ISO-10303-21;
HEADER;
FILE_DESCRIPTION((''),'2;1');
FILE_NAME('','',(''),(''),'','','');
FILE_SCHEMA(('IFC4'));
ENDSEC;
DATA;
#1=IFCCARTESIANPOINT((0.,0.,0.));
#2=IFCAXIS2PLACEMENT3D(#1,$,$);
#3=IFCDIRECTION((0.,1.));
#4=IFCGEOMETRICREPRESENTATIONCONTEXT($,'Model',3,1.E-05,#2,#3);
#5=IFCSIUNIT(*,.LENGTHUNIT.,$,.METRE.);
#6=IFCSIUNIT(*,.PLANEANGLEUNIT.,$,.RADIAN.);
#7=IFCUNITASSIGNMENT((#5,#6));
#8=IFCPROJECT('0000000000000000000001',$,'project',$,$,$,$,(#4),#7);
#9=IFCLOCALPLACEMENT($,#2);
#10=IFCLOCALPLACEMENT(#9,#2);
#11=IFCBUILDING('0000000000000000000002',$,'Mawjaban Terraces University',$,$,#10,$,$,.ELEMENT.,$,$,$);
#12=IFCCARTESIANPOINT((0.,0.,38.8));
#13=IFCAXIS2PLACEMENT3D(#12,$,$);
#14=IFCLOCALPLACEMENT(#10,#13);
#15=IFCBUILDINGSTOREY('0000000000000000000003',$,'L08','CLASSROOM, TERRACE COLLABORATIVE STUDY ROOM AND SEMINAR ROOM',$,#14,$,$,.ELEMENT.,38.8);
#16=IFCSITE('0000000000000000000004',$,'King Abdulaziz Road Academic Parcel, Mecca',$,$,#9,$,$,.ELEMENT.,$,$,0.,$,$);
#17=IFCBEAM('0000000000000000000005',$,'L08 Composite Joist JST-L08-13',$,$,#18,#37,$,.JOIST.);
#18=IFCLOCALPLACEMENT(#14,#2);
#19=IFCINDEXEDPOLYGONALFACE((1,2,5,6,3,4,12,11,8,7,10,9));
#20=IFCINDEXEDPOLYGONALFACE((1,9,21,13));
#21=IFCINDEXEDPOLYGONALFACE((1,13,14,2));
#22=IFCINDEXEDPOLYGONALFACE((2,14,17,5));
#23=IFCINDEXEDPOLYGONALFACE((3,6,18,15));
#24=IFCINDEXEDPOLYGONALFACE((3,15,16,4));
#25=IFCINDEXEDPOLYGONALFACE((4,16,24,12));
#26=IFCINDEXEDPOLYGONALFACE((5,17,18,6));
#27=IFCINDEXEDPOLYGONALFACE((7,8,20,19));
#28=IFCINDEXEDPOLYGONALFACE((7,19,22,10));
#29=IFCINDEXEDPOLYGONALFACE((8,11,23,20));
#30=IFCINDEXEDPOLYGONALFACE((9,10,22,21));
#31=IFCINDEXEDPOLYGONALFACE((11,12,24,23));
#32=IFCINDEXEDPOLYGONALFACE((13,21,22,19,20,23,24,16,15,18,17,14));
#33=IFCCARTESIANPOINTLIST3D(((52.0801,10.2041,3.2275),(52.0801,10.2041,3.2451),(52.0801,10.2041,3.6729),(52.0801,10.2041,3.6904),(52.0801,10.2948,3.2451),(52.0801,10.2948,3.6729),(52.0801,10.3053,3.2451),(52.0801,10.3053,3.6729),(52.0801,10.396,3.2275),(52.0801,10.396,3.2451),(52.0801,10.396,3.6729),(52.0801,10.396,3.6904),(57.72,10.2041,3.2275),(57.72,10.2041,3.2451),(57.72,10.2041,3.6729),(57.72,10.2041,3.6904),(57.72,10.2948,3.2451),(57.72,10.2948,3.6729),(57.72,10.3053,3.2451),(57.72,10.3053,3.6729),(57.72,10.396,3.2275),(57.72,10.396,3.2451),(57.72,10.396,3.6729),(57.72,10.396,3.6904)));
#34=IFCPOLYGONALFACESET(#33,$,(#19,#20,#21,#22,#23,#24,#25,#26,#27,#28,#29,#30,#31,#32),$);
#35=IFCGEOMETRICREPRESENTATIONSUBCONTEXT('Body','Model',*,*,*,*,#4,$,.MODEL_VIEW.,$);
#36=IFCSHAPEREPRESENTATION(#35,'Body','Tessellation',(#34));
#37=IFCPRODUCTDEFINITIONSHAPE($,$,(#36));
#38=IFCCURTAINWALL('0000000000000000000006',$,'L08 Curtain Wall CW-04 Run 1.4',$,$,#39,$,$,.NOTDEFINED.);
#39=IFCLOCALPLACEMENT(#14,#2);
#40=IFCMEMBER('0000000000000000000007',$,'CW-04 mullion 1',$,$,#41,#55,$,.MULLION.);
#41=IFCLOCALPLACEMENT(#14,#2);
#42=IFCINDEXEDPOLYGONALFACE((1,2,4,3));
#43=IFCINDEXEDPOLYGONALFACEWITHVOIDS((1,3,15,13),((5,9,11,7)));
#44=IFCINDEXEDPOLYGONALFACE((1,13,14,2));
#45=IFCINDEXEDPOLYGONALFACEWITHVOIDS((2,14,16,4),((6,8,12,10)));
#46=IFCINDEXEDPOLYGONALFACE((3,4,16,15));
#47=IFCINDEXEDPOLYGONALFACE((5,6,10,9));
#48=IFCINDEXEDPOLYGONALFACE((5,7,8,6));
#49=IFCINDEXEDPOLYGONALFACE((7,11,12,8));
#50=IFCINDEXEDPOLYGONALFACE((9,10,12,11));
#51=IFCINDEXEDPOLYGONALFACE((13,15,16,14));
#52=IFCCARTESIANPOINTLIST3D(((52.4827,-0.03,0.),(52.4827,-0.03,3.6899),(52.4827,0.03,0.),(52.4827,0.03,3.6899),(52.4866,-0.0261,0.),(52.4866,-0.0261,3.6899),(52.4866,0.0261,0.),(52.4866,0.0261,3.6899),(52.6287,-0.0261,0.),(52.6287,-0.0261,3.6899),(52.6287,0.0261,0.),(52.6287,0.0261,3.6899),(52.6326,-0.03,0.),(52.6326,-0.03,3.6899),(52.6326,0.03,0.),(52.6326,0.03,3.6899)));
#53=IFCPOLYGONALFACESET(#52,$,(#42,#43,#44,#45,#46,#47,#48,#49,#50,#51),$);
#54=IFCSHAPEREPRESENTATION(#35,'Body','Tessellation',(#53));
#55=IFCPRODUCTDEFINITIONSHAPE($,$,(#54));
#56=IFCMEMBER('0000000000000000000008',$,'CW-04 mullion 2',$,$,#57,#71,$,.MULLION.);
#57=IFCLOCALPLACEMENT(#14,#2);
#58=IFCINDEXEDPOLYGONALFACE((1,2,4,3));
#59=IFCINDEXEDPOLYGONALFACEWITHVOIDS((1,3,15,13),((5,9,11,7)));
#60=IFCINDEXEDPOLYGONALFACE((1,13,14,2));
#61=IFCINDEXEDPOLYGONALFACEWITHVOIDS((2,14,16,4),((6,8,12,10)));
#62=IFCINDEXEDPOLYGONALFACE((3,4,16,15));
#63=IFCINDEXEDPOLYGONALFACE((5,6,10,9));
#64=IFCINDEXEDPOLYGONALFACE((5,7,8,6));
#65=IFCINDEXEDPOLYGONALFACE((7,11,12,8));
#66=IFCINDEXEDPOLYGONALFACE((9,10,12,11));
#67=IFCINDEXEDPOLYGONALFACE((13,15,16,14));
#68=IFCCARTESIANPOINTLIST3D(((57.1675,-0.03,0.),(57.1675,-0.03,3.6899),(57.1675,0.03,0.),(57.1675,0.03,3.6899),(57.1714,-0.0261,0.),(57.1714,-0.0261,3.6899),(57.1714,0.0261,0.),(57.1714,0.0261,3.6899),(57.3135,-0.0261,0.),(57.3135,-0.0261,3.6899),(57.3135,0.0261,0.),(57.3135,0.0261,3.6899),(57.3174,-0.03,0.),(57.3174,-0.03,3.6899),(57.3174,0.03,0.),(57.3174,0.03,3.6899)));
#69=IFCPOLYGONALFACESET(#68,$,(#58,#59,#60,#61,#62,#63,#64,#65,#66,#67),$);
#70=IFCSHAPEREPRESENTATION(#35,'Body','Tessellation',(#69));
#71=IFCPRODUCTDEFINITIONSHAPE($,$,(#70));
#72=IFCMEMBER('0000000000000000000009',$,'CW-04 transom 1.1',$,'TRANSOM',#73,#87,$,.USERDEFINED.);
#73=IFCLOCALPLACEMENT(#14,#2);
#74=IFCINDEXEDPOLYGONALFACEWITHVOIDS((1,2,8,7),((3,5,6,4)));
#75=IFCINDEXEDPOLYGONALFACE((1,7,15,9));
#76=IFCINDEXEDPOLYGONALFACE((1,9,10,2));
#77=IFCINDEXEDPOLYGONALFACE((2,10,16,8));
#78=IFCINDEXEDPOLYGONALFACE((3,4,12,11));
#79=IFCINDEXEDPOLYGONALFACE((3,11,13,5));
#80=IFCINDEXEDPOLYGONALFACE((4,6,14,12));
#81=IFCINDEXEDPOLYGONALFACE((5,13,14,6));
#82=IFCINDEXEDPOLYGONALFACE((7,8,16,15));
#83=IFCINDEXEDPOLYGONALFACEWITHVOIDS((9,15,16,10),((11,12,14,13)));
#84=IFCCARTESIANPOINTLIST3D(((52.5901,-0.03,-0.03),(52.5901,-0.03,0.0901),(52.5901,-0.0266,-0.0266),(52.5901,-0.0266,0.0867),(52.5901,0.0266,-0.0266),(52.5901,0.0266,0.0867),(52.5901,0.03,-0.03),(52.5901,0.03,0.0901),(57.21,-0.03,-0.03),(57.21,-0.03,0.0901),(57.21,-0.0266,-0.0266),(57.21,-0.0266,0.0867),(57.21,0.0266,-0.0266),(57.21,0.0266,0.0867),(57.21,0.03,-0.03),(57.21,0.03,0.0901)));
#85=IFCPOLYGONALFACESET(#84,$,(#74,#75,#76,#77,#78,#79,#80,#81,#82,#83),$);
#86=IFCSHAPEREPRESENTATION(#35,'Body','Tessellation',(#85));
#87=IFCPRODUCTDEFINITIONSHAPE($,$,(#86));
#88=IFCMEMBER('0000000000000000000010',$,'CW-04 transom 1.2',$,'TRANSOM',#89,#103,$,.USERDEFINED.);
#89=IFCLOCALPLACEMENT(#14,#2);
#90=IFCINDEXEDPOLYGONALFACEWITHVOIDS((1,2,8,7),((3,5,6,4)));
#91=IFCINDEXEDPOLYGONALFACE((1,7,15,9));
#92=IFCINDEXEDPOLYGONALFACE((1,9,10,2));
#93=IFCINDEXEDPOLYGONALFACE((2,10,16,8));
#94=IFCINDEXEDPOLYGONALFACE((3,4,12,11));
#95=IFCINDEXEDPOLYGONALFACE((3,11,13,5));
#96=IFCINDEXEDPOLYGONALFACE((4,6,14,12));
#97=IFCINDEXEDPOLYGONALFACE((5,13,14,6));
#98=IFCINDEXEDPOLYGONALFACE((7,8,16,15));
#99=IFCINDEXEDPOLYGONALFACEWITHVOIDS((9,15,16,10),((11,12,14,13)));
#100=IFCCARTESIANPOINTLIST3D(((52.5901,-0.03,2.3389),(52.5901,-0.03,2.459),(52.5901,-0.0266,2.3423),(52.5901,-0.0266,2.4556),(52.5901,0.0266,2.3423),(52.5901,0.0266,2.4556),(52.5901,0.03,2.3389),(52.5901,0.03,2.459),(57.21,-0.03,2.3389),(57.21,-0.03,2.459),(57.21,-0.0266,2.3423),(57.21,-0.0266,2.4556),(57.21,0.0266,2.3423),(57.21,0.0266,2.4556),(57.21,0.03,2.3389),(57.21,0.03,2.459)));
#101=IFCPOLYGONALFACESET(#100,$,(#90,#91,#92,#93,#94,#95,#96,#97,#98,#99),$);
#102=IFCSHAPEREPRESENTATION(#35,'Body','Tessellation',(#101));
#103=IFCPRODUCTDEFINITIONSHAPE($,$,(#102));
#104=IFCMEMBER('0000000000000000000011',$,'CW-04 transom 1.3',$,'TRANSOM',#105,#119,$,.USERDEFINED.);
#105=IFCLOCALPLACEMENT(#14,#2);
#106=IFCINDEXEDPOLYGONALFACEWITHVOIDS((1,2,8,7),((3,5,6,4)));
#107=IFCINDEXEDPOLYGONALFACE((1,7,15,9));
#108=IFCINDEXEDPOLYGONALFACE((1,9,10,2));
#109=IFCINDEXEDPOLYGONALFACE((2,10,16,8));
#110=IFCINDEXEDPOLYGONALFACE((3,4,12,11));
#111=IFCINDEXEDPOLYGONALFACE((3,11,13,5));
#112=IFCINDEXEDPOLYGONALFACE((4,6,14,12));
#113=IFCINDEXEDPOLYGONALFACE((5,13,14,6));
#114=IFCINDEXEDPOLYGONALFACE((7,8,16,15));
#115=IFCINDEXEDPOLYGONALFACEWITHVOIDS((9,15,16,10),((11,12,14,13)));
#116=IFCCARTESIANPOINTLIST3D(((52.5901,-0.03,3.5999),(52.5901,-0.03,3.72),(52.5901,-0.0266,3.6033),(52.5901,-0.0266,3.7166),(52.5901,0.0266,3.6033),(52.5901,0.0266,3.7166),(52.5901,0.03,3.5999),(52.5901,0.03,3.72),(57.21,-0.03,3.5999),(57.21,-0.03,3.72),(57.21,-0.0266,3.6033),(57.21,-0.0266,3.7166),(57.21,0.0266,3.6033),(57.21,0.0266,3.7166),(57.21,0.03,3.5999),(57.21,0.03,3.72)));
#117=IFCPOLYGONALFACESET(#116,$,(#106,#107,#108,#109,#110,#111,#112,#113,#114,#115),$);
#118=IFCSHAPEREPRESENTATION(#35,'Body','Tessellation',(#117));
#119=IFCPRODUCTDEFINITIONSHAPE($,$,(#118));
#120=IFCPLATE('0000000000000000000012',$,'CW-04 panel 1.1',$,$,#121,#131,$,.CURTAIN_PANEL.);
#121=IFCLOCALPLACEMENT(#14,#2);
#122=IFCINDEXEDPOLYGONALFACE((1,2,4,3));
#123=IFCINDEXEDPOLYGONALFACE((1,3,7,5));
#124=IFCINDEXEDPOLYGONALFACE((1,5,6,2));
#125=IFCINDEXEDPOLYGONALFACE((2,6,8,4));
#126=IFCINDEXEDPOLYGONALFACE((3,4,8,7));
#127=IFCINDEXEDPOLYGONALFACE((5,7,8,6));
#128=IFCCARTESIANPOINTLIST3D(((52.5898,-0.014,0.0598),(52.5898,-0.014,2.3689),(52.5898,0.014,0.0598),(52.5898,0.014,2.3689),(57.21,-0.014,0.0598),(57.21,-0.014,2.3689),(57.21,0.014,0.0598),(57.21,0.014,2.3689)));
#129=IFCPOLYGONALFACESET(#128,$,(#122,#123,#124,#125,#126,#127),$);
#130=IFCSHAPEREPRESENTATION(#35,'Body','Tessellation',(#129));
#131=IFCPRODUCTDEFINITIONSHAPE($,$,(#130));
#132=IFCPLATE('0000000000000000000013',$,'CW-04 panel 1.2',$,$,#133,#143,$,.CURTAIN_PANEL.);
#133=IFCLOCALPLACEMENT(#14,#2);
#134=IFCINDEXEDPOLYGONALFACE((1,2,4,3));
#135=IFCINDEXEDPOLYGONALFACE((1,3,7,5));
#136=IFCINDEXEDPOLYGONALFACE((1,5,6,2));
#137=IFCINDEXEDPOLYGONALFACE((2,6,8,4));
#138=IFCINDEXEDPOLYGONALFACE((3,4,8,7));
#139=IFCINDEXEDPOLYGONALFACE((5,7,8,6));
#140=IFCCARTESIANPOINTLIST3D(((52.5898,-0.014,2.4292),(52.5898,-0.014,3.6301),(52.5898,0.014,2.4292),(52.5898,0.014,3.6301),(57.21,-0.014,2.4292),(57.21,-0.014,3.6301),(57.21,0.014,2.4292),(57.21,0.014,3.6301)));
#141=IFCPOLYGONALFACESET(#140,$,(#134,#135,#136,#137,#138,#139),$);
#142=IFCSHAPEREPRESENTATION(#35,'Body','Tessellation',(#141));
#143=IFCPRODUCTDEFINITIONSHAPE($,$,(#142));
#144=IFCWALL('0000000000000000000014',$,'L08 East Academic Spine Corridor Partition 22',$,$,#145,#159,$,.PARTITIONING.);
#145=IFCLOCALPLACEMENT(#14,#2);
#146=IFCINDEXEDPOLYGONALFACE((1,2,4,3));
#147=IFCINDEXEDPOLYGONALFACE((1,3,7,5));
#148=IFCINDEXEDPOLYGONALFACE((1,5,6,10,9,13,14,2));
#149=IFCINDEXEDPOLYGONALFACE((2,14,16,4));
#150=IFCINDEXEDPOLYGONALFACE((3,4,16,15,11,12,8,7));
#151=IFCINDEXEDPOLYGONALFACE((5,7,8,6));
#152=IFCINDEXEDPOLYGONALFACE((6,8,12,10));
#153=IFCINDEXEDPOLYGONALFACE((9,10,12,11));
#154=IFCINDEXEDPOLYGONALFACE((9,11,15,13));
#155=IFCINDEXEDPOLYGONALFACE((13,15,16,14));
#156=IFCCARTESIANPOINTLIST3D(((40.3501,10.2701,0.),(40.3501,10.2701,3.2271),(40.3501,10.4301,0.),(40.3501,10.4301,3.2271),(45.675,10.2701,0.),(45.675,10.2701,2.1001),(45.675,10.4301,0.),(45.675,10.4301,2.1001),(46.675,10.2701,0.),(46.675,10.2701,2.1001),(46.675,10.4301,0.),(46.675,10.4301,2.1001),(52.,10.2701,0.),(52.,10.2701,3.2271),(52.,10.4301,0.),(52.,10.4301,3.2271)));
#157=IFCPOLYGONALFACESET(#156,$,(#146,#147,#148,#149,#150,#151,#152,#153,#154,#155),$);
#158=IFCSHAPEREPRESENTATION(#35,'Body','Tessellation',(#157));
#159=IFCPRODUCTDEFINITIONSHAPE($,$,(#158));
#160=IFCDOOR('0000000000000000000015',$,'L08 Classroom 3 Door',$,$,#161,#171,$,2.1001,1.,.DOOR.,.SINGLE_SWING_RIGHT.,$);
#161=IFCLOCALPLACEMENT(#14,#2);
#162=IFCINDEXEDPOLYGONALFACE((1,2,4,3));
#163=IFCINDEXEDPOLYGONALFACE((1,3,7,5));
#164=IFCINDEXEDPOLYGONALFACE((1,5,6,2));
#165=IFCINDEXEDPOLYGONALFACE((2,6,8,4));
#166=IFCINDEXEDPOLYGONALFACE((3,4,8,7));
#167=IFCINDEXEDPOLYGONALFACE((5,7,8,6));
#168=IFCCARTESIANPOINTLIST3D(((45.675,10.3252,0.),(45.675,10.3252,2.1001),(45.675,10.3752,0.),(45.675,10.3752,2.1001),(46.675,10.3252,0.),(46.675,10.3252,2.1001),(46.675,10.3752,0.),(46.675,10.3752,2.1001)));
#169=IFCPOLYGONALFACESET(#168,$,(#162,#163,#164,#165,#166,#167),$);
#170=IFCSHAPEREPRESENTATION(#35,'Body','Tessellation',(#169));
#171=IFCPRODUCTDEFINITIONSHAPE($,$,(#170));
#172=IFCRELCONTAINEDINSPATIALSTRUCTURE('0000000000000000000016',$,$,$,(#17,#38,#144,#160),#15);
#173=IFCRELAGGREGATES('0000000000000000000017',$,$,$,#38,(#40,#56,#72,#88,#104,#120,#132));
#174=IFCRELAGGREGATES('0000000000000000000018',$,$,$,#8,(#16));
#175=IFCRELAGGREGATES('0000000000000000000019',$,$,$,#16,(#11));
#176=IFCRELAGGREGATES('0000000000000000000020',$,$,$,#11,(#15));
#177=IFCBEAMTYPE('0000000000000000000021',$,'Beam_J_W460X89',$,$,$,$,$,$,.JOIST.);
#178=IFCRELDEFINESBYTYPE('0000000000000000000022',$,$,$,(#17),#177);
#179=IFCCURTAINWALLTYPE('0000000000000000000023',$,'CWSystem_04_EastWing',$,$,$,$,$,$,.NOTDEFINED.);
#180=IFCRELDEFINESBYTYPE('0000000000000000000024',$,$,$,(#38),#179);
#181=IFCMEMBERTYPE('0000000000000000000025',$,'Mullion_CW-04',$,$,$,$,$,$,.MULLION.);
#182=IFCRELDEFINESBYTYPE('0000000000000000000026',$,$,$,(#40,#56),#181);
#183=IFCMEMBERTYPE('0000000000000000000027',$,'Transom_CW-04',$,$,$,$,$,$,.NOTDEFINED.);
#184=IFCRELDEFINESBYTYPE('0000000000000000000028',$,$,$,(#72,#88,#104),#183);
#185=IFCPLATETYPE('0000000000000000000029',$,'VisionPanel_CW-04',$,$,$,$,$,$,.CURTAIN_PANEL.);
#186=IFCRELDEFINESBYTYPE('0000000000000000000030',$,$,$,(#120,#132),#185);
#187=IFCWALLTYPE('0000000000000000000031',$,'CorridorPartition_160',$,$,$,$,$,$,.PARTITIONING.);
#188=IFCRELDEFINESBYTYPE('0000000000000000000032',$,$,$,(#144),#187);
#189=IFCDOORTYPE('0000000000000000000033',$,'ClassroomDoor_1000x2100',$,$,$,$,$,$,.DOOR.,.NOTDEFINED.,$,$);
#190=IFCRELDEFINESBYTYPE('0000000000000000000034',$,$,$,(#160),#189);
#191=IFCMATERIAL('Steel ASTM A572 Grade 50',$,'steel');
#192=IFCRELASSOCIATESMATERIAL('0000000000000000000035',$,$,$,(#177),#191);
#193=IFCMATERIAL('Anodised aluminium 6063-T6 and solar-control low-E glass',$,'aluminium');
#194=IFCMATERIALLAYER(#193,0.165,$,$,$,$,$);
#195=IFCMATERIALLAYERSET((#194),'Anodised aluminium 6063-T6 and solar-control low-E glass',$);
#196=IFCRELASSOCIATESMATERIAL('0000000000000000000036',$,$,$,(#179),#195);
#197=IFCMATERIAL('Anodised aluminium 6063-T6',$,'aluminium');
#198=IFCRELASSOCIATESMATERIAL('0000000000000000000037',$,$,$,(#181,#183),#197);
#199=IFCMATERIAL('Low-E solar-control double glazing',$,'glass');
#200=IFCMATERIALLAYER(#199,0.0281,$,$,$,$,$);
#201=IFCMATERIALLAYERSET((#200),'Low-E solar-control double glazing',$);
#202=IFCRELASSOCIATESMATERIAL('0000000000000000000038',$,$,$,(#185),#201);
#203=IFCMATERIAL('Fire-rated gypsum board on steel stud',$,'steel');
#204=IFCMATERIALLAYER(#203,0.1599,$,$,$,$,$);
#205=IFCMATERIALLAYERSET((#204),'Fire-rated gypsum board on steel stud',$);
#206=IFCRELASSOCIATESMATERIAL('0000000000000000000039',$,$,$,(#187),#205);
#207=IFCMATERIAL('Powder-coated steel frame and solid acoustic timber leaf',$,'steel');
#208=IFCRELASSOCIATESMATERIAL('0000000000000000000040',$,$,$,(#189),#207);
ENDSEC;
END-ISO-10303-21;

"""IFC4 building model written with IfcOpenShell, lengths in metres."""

from ifc_helpers import new_model, si_unit, direction, frame, frame_2d, origin, origin_2d, place, context, subcontext, project, spatial, rectangle, hollow_rectangle, i_section, extrude, material, layer, layer_set, material_profile, profile_set, type_object, element, fill, aggregate, save


model = new_model("IFC4")

# Units and contexts
model_context = context("Model", 3, precision=1e-05, world=origin(), true_north=direction((0.0, 1.0)))
body_context = subcontext(model_context, "Body", "Model", "MODEL_VIEW")
ifc_project = project(units=[si_unit("LENGTHUNIT", "METRE"), si_unit("PLANEANGLEUNIT", "RADIAN")], contexts=[model_context])

# Site, building, storey
site_placement = place(None, origin())
site = spatial("IfcSite", under=ifc_project, at=site_placement, Name="King Abdulaziz Road Academic Parcel, Mecca", CompositionType="ELEMENT", RefElevation=0.0)
building_placement = place(site_placement, origin())
building = spatial("IfcBuilding", under=site, at=building_placement, Name="Mawjaban Terraces University", CompositionType="ELEMENT")
storey_placement = place(building_placement, frame((0.0, 0.0, 38.8)))
storey = spatial("IfcBuildingStorey", under=building, at=storey_placement, Name="L08", Description="CLASSROOM, TERRACE COLLABORATIVE STUDY ROOM AND SEMINAR ROOM", CompositionType="ELEMENT", Elevation=38.8)

# Beam
ifc_material_1 = material(Name="Steel ASTM A572 Grade 50", Category="steel")
ifc_material_profile_1 = material_profile(ifc_material_1, i_section(OverallWidth=0.1919, OverallDepth=0.4629, WebThickness=0.0105, FlangeThickness=0.0176, at=origin_2d()), Name="W460X89")
ifc_profile_set_1 = profile_set([ifc_material_profile_1], Name="Steel ASTM A572 Grade 50")
beam_type_1 = type_object("IfcBeamType", Name="Beam_J_W460X89", PredefinedType="JOIST", material=ifc_profile_set_1)
for number, where, z_axis, x_axis, name in (
    (1, (52.0801, 10.3, 3.459), (1.0, 0.0, 0.0), (0.0, 1.0, 0.0), "L08 Composite Joist JST-L08-13"),
):
    element("IfcBeam", number, at=place(storey_placement, frame(where, z_axis=z_axis, x_axis=x_axis)), inside=storey, type_object=beam_type_1, Name=name, PredefinedType="JOIST", context=body_context, shape_type="SweptSolid", body=[
        extrude(i_section(OverallWidth=0.1919, OverallDepth=0.4629, WebThickness=0.0105, FlangeThickness=0.0176, at=origin_2d()), origin(), (0.0, 0.0, 1.0), 5.6399),
    ])

# Curtain wall, members, plates
ifc_material_2 = material(Name="Anodised aluminium 6063-T6 and solar-control low-E glass", Category="aluminium")
ifc_layer_1 = layer(ifc_material_2, 0.165)
ifc_layer_set_1 = layer_set([ifc_layer_1], Name="Anodised aluminium 6063-T6 and solar-control low-E glass")
curtain_wall_type = type_object("IfcCurtainWallType", Name="CWSystem_04_EastWing", PredefinedType="NOTDEFINED", material=ifc_layer_set_1)
curtain_wall_placement = place(storey_placement, origin())
curtain_wall = element("IfcCurtainWall", 2, at=curtain_wall_placement, inside=storey, type_object=curtain_wall_type, Name="L08 Curtain Wall CW-04 Run 1.4", PredefinedType="NOTDEFINED")
ifc_material_3 = material(Name="Anodised aluminium 6063-T6", Category="aluminium")
ifc_material_profile_2 = material_profile(ifc_material_3, hollow_rectangle(XDim=0.0601, YDim=0.1499, WallThickness=0.0039, at=origin_2d()), Name="ALU150X60X4")
ifc_profile_set_2 = profile_set([ifc_material_profile_2], Name="Anodised aluminium 6063-T6")
member_type_1 = type_object("IfcMemberType", Name="Mullion_CW-04", PredefinedType="MULLION", material=ifc_profile_set_2)
member_1_placement = place(storey_placement, frame((52.5576, 0.0, 0.0), z_axis=(0.0, 0.0, 1.0), x_axis=(0.0, 1.0, 0.0)))
member_1 = element("IfcMember", 3, at=member_1_placement, type_object=member_type_1, Name="CW-04 mullion 1", PredefinedType="MULLION", context=body_context, shape_type="SweptSolid", body=[
    extrude(hollow_rectangle(XDim=0.0601, YDim=0.1499, WallThickness=0.0039, at=origin_2d()), origin(), (0.0, 0.0, 1.0), 3.6899),
])
member_2_placement = place(storey_placement, frame((57.2424, 0.0, 0.0), z_axis=(0.0, 0.0, 1.0), x_axis=(0.0, 1.0, 0.0)))
member_2 = element("IfcMember", 4, at=member_2_placement, type_object=member_type_1, Name="CW-04 mullion 2", PredefinedType="MULLION", context=body_context, shape_type="SweptSolid", body=[
    extrude(hollow_rectangle(XDim=0.0601, YDim=0.1499, WallThickness=0.0039, at=origin_2d()), origin(), (0.0, 0.0, 1.0), 3.6899),
])
ifc_material_profile_3 = material_profile(ifc_material_3, hollow_rectangle(XDim=0.0601, YDim=0.1201, WallThickness=0.0034, at=origin_2d()), Name="ALU120X60X3.5")
ifc_profile_set_3 = profile_set([ifc_material_profile_3], Name="Anodised aluminium 6063-T6")
member_type_2 = type_object("IfcMemberType", Name="Transom_CW-04", PredefinedType="NOTDEFINED", material=ifc_profile_set_3)
member_3_placement = place(storey_placement, frame((52.5901, 0.0, 0.03), z_axis=(1.0, 0.0, 0.0), x_axis=(0.0, 1.0, 0.0)))
member_3 = element("IfcMember", 5, at=member_3_placement, type_object=member_type_2, Name="CW-04 transom 1.1", ObjectType="TRANSOM", PredefinedType="USERDEFINED", context=body_context, shape_type="SweptSolid", body=[
    extrude(hollow_rectangle(XDim=0.0601, YDim=0.1201, WallThickness=0.0034, at=origin_2d()), origin(), (0.0, 0.0, 1.0), 4.6199),
])
member_4_placement = place(storey_placement, frame((52.5901, 0.0, 2.3989), z_axis=(1.0, 0.0, 0.0), x_axis=(0.0, 1.0, 0.0)))
member_4 = element("IfcMember", 6, at=member_4_placement, type_object=member_type_2, Name="CW-04 transom 1.2", ObjectType="TRANSOM", PredefinedType="USERDEFINED", context=body_context, shape_type="SweptSolid", body=[
    extrude(hollow_rectangle(XDim=0.0601, YDim=0.1201, WallThickness=0.0034, at=origin_2d()), origin(), (0.0, 0.0, 1.0), 4.6199),
])
member_5_placement = place(storey_placement, frame((52.5901, 0.0, 3.6599), z_axis=(1.0, 0.0, 0.0), x_axis=(0.0, 1.0, 0.0)))
member_5 = element("IfcMember", 7, at=member_5_placement, type_object=member_type_2, Name="CW-04 transom 1.3", ObjectType="TRANSOM", PredefinedType="USERDEFINED", context=body_context, shape_type="SweptSolid", body=[
    extrude(hollow_rectangle(XDim=0.0601, YDim=0.1201, WallThickness=0.0034, at=origin_2d()), origin(), (0.0, 0.0, 1.0), 4.6199),
])
ifc_material_4 = material(Name="Low-E solar-control double glazing", Category="glass")
ifc_layer_2 = layer(ifc_material_4, 0.0281)
ifc_layer_set_2 = layer_set([ifc_layer_2], Name="Low-E solar-control double glazing")
plate_type = type_object("IfcPlateType", Name="VisionPanel_CW-04", PredefinedType="CURTAIN_PANEL", material=ifc_layer_set_2)
plate_1_placement = place(storey_placement, frame((54.8999, 0.0, 0.0598), z_axis=(0.0, 0.0, 1.0), x_axis=(1.0, 0.0, 0.0)))
plate_1 = element("IfcPlate", 8, at=plate_1_placement, type_object=plate_type, Name="CW-04 panel 1.1", PredefinedType="CURTAIN_PANEL", context=body_context, shape_type="SweptSolid", body=[
    extrude(rectangle(XDim=4.6201, YDim=0.0281, at=origin_2d()), origin(), (0.0, 0.0, 1.0), 2.3091),
])
plate_2_placement = place(storey_placement, frame((54.8999, 0.0, 2.4292), z_axis=(0.0, 0.0, 1.0), x_axis=(1.0, 0.0, 0.0)))
plate_2 = element("IfcPlate", 9, at=plate_2_placement, type_object=plate_type, Name="CW-04 panel 1.2", PredefinedType="CURTAIN_PANEL", context=body_context, shape_type="SweptSolid", body=[
    extrude(rectangle(XDim=4.6201, YDim=0.0281, at=origin_2d()), origin(), (0.0, 0.0, 1.0), 1.2009),
])
aggregate(curtain_wall, [member_1, member_2, member_3, member_4, member_5, plate_1, plate_2])

# Wall, opening, door
ifc_material_5 = material(Name="Fire-rated gypsum board on steel stud", Category="steel")
ifc_layer_3 = layer(ifc_material_5, 0.1599)
ifc_layer_set_3 = layer_set([ifc_layer_3], Name="Fire-rated gypsum board on steel stud")
wall_type_1 = type_object("IfcWallType", Name="CorridorPartition_160", PredefinedType="PARTITIONING", material=ifc_layer_set_3)
wall_1_placement = place(storey_placement, frame((52.0, 10.3501, 0.0), z_axis=(0.0, 0.0, 1.0), x_axis=(-1.0, 0.0, 0.0)))
wall_1 = element("IfcWall", 10, at=wall_1_placement, inside=storey, type_object=wall_type_1, Name="L08 East Academic Spine Corridor Partition 22", PredefinedType="PARTITIONING", context=body_context, shape_type="SweptSolid", body=[
    extrude(rectangle(XDim=11.6499, YDim=0.1599, at=frame_2d((5.825, 0.0))), origin(), (0.0, 0.0, 1.0), 3.2271),
])
opening_1_placement = place(wall_1_placement, frame((5.325, 0.0, 0.0)))
opening_1 = element("IfcOpeningElement", 11, at=opening_1_placement, cuts=wall_1, PredefinedType="OPENING", context=body_context, shape_type="SweptSolid", body=[
    extrude(rectangle(XDim=1.0, YDim=2.1001, at=frame_2d((0.5, 1.05))), frame((0.0, 0.0898, 0.0), z_axis=(0.0, -1.0, 0.0), x_axis=(1.0, 0.0, 0.0)), (0.0, 0.0, 1.0), 0.1799),
])
ifc_material_6 = material(Name="Powder-coated steel frame and solid acoustic timber leaf", Category="steel")
door_type_1 = type_object("IfcDoorType", Name="ClassroomDoor_1000x2100", OperationType="NOTDEFINED", PredefinedType="DOOR", material=ifc_material_6)
door_1_placement = place(opening_1_placement, origin())
door_1 = element("IfcDoor", 12, at=door_1_placement, inside=storey, type_object=door_type_1, Name="L08 Classroom 3 Door", OperationType="SINGLE_SWING_RIGHT", OverallHeight=2.1001, OverallWidth=1.0, PredefinedType="DOOR", context=body_context, shape_type="SweptSolid", body=[
    extrude(rectangle(XDim=1.0, YDim=2.1001, at=frame_2d((0.5, 1.05))), frame((0.0, 0.0249, 0.0), z_axis=(0.0, -1.0, 0.0), x_axis=(1.0, 0.0, 0.0)), (0.0, 0.0, 1.0), 0.05),
])
fill(opening_1, door_1)

save(model, "model.ifc")
